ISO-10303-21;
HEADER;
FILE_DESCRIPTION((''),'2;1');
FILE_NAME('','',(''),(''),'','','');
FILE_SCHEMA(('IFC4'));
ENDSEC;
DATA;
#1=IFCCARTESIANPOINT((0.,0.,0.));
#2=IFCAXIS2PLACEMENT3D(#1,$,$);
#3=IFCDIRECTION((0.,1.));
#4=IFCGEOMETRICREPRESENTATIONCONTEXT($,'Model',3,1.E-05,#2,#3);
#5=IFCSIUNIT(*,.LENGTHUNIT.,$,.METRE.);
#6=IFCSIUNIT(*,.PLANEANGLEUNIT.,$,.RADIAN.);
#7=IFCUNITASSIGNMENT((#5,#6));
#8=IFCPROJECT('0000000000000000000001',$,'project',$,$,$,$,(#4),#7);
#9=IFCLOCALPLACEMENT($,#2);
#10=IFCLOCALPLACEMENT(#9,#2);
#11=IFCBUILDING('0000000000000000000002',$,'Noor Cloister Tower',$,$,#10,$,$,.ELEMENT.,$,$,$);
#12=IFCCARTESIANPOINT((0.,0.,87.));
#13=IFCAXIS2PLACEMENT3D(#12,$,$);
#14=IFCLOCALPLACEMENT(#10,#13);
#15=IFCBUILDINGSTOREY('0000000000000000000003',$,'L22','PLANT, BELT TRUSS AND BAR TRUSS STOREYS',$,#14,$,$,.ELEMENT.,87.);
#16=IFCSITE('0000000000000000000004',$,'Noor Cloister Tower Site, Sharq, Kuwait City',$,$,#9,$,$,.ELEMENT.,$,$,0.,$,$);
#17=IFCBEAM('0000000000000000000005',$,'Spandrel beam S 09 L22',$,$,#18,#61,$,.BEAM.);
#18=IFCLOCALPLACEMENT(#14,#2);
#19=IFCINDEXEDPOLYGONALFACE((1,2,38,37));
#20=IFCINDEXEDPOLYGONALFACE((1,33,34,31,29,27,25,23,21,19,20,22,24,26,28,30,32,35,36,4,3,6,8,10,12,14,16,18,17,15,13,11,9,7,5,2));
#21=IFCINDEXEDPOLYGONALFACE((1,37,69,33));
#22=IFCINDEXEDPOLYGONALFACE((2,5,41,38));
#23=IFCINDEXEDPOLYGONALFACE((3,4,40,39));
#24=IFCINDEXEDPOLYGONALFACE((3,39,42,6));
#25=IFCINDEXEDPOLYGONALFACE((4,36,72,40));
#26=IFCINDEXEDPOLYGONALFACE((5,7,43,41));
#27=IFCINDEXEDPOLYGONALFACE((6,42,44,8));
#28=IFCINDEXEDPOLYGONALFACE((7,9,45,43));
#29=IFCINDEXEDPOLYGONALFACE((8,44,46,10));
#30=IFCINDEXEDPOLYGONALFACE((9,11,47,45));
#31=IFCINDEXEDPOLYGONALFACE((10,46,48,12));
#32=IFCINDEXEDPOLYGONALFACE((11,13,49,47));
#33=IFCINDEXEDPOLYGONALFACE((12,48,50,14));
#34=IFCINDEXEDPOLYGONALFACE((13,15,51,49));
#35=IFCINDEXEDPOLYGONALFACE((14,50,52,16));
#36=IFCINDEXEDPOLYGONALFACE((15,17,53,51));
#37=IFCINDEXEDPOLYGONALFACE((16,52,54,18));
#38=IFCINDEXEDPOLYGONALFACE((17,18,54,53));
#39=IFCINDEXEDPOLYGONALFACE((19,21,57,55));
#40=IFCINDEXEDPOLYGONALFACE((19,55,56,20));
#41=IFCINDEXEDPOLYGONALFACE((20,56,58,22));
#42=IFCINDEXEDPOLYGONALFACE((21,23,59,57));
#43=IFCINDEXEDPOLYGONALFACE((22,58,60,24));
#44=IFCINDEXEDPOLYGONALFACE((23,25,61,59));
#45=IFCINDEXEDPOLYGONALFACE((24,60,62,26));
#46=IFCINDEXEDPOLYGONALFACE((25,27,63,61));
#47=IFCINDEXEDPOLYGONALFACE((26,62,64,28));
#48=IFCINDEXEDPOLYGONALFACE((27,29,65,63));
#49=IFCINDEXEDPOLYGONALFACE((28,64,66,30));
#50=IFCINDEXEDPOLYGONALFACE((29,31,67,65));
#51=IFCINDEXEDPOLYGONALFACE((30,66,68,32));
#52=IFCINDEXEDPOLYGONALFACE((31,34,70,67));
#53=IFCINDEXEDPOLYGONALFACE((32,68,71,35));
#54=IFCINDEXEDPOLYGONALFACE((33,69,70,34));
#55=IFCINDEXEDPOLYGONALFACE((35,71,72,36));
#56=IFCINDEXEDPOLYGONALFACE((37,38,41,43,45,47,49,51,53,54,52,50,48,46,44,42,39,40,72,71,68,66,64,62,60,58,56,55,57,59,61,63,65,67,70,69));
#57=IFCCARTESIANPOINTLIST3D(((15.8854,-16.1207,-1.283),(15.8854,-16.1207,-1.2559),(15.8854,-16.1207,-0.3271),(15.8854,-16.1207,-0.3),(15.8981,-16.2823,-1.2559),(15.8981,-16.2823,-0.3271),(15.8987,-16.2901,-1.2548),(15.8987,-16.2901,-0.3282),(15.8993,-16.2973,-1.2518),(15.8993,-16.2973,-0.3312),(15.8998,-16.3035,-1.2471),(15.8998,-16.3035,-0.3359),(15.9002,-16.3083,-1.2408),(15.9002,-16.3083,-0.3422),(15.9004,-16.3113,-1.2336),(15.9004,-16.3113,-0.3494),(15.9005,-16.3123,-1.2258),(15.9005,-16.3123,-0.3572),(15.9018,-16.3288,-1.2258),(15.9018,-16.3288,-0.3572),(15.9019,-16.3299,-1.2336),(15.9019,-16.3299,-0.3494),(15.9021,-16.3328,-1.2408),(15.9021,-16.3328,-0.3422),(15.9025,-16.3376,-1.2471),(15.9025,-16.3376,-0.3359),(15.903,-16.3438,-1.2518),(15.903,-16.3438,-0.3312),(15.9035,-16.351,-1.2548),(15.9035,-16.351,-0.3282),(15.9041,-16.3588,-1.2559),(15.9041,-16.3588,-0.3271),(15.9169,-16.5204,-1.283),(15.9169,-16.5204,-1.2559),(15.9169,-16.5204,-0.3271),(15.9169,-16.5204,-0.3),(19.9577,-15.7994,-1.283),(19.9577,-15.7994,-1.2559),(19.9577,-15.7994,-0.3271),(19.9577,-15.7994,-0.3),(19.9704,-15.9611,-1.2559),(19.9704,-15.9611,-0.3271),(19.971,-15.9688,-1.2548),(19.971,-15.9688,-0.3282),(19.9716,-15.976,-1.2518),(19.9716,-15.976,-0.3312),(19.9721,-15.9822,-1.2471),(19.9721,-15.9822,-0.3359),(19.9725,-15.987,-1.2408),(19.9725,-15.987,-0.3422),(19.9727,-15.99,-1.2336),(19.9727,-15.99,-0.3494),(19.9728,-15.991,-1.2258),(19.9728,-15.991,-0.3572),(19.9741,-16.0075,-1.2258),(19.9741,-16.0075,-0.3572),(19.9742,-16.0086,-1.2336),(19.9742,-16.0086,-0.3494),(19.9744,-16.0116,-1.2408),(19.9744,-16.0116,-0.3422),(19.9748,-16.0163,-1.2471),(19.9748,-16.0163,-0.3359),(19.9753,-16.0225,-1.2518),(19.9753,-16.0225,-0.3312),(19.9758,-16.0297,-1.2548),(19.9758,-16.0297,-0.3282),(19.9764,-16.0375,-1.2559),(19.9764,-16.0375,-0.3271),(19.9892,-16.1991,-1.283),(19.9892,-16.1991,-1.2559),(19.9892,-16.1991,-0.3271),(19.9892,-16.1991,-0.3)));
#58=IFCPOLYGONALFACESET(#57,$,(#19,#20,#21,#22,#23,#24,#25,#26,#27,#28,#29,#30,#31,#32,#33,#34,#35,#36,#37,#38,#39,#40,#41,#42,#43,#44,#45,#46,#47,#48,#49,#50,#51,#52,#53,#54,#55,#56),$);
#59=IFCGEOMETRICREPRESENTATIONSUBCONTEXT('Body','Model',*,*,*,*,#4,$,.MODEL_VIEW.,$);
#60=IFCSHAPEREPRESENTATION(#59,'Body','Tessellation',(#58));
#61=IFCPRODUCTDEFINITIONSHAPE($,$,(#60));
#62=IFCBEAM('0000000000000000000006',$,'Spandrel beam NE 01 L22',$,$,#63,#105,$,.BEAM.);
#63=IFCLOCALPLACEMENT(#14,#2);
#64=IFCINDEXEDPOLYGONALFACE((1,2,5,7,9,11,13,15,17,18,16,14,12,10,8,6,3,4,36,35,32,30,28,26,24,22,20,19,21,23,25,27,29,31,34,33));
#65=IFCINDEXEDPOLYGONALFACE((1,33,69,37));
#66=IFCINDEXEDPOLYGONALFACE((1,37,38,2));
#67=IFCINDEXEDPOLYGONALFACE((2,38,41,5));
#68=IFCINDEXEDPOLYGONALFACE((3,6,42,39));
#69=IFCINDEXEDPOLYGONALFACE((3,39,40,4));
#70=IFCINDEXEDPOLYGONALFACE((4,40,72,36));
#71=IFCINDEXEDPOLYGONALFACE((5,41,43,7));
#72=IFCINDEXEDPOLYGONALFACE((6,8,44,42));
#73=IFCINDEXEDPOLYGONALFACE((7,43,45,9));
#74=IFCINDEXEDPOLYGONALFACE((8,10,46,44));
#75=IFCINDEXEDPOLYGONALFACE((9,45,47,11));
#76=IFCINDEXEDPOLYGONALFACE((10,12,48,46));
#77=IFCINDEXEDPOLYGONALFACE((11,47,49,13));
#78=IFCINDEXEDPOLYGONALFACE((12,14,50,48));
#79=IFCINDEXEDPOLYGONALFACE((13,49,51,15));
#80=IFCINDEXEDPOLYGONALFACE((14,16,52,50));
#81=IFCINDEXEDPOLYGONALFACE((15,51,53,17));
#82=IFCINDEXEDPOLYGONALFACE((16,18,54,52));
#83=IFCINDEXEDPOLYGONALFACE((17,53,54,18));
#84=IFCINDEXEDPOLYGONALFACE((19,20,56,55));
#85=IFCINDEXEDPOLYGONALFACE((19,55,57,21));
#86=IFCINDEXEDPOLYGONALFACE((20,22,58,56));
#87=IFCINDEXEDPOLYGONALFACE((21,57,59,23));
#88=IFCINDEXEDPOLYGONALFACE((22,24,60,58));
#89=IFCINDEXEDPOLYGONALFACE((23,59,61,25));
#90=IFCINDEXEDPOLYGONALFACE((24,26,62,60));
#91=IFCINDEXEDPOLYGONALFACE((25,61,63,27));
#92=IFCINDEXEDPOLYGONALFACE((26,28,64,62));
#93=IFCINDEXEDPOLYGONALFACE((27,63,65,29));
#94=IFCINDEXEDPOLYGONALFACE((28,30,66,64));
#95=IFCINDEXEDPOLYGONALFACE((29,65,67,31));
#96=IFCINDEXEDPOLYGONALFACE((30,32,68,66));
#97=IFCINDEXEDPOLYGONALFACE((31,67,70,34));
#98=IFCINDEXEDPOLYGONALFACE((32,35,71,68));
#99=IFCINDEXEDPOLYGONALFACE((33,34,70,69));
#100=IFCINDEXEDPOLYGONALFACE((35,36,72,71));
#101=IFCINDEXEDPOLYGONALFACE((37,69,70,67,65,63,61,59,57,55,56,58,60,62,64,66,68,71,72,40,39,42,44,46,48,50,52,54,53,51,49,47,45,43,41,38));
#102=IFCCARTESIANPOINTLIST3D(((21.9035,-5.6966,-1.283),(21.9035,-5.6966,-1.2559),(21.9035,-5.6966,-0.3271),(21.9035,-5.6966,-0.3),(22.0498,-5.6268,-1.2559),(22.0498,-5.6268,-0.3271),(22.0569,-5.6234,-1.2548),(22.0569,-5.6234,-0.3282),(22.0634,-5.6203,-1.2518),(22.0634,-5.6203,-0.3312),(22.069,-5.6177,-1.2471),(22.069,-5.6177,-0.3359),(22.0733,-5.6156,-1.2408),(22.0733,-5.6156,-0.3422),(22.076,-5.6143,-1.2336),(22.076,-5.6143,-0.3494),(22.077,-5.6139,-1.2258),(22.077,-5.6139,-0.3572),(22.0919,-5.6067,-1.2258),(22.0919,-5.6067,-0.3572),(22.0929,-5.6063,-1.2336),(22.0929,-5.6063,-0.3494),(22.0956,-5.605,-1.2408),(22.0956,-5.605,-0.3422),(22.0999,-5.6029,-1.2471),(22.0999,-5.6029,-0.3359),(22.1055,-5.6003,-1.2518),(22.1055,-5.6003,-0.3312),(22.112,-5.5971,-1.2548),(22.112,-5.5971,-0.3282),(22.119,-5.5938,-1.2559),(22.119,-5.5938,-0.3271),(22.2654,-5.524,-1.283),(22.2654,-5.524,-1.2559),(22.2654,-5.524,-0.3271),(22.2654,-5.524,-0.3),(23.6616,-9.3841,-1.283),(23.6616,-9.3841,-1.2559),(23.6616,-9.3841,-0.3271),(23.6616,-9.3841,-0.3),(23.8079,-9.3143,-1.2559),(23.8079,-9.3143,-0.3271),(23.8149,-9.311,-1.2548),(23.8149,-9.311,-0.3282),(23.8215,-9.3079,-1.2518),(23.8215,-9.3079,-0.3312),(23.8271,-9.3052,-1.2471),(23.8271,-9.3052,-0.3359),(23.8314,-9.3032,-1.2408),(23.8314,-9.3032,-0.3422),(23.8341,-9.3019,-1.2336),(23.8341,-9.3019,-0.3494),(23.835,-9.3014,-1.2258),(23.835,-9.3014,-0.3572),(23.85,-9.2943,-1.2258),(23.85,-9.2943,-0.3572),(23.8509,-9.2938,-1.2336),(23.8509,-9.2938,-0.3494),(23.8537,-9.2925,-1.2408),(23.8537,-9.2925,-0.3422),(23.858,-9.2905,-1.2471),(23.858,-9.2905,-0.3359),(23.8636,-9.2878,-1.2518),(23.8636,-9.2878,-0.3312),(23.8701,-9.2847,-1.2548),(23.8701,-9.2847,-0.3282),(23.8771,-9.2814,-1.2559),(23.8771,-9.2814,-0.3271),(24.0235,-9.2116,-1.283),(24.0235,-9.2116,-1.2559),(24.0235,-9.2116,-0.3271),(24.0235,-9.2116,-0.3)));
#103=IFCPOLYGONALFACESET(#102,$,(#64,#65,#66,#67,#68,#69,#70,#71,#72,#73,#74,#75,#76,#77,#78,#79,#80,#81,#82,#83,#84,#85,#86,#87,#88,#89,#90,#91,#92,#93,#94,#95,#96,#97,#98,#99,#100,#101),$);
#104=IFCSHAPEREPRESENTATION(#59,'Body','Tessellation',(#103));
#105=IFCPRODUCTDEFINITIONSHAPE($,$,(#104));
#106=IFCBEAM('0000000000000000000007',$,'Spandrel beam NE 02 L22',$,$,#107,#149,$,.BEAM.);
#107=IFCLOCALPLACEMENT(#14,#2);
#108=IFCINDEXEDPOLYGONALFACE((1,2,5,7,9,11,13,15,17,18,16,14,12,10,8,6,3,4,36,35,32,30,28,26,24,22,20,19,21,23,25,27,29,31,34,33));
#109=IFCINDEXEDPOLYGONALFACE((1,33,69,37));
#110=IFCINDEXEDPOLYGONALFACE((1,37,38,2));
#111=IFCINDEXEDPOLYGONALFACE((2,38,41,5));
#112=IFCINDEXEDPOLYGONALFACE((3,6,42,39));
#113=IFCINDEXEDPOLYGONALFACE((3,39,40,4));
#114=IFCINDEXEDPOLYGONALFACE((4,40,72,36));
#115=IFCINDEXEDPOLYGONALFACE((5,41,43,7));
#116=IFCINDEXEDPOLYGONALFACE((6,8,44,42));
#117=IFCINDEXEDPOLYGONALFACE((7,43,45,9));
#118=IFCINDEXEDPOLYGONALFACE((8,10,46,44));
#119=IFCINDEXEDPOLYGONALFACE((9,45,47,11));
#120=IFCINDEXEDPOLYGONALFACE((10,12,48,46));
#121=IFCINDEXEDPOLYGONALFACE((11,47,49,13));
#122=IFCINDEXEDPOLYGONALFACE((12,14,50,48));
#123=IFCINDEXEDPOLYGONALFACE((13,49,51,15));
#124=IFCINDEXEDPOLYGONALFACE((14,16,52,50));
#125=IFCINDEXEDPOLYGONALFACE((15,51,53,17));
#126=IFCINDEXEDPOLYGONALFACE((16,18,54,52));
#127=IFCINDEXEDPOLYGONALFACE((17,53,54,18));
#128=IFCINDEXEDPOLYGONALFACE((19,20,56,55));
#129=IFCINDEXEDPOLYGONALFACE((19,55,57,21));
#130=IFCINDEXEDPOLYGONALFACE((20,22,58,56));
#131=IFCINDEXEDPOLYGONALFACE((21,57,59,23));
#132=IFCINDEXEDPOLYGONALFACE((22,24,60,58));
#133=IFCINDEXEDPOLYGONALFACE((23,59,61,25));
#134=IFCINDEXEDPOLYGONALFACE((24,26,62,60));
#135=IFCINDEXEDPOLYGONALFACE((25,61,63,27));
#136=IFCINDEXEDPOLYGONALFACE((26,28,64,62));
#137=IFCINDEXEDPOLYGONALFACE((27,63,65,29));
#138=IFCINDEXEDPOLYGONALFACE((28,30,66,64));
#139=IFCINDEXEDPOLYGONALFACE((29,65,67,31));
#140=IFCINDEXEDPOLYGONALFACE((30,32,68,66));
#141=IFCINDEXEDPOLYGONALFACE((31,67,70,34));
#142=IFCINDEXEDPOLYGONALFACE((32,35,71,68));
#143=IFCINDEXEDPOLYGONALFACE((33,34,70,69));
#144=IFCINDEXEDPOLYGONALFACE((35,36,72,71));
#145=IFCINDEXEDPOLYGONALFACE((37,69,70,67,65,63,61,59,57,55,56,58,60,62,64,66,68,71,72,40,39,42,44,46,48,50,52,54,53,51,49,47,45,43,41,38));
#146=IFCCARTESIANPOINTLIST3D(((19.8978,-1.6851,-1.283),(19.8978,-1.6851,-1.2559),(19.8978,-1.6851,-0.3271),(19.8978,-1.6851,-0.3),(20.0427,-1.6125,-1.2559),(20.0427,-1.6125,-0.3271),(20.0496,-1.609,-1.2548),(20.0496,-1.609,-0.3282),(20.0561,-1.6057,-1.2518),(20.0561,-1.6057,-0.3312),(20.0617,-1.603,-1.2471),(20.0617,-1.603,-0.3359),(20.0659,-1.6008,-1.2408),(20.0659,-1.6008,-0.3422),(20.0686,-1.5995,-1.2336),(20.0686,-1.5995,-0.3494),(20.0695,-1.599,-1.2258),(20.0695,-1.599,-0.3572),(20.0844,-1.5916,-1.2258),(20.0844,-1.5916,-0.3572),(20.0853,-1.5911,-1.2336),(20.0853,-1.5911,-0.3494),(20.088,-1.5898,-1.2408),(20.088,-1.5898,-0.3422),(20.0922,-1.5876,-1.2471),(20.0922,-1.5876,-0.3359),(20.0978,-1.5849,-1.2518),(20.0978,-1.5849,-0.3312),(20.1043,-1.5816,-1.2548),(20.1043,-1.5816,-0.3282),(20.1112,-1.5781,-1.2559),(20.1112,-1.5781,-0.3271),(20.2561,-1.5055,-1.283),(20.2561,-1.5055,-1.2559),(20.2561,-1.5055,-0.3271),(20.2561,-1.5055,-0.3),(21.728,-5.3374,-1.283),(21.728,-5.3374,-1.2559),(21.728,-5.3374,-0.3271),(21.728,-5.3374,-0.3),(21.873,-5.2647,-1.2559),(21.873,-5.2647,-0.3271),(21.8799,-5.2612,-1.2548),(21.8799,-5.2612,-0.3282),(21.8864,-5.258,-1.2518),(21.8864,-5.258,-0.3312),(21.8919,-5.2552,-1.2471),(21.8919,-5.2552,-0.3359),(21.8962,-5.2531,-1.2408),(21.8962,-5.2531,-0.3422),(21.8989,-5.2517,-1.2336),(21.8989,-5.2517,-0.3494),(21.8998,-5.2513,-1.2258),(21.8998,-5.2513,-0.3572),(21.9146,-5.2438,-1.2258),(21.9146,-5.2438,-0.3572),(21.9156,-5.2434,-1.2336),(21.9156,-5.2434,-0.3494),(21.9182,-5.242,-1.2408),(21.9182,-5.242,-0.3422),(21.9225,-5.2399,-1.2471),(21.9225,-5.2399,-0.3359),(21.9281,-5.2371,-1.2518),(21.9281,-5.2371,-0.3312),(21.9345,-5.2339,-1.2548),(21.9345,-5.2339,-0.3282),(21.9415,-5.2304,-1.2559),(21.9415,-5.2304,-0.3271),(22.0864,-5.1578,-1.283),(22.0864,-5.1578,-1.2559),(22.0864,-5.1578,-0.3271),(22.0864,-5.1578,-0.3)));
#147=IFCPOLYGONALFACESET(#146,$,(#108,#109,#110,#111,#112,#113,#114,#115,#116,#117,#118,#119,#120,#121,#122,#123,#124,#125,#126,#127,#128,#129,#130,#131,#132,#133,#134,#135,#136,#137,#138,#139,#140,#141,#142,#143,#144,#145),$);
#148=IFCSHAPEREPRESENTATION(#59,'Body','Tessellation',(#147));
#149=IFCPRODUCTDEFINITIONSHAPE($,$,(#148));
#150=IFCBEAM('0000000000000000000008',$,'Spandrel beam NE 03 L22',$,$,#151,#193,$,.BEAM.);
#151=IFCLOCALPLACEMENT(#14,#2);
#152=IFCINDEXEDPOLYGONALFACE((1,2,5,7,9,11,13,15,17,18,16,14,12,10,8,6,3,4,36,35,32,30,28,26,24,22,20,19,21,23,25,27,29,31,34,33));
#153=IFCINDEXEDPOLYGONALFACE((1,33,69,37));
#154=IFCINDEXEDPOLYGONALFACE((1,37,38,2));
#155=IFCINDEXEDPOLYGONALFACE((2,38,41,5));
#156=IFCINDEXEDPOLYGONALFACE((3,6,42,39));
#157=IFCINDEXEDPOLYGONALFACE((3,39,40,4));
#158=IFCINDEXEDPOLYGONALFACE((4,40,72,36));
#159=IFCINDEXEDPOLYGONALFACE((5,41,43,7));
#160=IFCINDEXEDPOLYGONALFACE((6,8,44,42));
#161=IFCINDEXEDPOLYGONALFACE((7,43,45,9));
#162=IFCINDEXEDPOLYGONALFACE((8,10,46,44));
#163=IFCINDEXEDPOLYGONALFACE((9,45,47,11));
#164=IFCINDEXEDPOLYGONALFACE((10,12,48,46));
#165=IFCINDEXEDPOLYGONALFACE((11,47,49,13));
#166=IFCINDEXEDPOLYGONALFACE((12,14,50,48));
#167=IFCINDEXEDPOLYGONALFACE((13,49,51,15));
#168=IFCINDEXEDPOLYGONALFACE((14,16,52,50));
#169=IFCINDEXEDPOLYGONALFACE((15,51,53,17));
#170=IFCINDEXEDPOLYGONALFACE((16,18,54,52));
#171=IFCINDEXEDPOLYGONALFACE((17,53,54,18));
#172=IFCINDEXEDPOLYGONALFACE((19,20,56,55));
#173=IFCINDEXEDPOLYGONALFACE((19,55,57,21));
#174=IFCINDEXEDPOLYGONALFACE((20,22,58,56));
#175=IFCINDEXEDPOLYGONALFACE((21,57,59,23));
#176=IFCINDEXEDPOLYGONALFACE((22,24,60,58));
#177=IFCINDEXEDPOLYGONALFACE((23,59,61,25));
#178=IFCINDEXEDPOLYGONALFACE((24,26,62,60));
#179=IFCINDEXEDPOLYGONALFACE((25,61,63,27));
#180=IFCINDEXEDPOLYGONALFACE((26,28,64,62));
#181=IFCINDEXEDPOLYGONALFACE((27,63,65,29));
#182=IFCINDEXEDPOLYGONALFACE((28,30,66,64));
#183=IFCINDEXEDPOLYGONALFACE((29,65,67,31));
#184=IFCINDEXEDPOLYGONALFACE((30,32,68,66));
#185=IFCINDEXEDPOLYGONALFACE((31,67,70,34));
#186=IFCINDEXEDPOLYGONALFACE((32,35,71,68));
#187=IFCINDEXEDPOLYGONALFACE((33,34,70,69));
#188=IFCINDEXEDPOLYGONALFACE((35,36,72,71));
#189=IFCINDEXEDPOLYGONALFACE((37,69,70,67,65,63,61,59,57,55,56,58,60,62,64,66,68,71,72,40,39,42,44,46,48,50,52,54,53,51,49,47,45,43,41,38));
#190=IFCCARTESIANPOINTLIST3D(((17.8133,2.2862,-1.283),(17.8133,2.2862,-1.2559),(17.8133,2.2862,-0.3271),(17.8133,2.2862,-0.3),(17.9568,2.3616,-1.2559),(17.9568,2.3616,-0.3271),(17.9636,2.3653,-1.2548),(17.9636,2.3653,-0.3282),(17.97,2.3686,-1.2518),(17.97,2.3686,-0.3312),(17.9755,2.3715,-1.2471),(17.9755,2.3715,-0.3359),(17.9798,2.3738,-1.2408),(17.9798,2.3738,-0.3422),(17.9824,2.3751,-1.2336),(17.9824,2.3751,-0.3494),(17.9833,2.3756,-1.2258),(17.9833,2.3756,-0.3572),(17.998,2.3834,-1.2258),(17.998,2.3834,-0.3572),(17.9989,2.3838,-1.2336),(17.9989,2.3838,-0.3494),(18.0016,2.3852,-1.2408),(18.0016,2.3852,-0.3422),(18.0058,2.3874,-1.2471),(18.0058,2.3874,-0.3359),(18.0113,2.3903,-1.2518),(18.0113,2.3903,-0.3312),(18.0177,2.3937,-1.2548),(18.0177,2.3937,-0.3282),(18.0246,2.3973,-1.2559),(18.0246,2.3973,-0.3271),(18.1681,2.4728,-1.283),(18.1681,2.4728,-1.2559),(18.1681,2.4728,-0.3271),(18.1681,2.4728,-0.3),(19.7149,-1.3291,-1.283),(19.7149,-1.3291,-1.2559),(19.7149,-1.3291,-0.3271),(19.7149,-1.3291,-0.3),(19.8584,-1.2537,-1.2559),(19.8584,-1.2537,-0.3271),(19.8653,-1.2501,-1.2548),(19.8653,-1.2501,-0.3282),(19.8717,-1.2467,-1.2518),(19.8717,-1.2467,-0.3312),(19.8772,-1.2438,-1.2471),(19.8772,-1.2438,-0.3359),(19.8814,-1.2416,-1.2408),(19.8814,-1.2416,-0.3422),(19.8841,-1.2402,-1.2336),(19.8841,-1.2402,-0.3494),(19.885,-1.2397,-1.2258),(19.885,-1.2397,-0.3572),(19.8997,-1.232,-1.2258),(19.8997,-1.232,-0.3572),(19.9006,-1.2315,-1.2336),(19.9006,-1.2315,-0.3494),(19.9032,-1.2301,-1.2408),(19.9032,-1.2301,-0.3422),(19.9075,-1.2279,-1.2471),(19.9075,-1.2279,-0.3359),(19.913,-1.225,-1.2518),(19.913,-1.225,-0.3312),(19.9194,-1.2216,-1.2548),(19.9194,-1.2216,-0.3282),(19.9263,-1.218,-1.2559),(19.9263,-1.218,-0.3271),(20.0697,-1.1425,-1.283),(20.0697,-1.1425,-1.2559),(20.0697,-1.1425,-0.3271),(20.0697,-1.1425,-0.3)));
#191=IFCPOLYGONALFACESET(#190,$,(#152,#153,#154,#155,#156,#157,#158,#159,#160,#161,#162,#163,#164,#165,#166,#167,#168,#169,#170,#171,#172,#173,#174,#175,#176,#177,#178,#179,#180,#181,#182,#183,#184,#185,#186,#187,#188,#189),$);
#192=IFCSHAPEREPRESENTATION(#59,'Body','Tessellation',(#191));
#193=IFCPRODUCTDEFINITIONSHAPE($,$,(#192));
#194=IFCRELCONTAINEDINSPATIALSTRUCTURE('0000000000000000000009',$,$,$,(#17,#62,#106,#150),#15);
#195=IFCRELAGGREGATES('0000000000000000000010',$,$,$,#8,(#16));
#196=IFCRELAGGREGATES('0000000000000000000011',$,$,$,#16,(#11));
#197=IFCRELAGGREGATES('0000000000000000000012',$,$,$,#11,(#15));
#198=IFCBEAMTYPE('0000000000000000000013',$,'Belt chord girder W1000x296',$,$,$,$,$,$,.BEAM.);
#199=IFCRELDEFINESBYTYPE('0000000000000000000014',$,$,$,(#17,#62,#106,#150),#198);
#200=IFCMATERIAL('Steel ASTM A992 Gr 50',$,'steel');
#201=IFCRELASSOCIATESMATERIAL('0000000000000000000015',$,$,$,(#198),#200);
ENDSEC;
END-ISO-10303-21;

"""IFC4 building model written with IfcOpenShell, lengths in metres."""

from ifc_helpers import new_model, si_unit, direction, frame, origin, origin_2d, place, context, subcontext, project, spatial, i_section, extrude, material, material_profile, profile_set, type_object, element, save


model = new_model("IFC4")

# Units and contexts
model_context = context("Model", 3, precision=1e-05, world=origin(), true_north=direction((0.0, 1.0)))
body_context = subcontext(model_context, "Body", "Model", "MODEL_VIEW")
ifc_project = project(units=[si_unit("LENGTHUNIT", "METRE"), si_unit("PLANEANGLEUNIT", "RADIAN")], contexts=[model_context])

# Site, building, storey
site_placement = place(None, origin())
site = spatial("IfcSite", under=ifc_project, at=site_placement, Name="Noor Cloister Tower Site, Sharq, Kuwait City", CompositionType="ELEMENT", RefElevation=0.0)
building_placement = place(site_placement, origin())
building = spatial("IfcBuilding", under=site, at=building_placement, Name="Noor Cloister Tower", CompositionType="ELEMENT")
storey_placement = place(building_placement, frame((0.0, 0.0, 87.0)))
storey = spatial("IfcBuildingStorey", under=building, at=storey_placement, Name="L22", Description="PLANT, BELT TRUSS AND BAR TRUSS STOREYS", CompositionType="ELEMENT", Elevation=87.0)

# Beams
ifc_material_1 = material(Name="Steel ASTM A992 Gr 50", Category="steel")
ifc_material_profile_1 = material_profile(ifc_material_1, i_section(OverallWidth=0.4009, OverallDepth=0.9829, WebThickness=0.0166, FlangeThickness=0.0271, FilletRadius=0.03, at=origin_2d()), Name="W1000x296")
ifc_profile_set_1 = profile_set([ifc_material_profile_1], Name="Steel ASTM A992 Gr 50")
beam_type_1 = type_object("IfcBeamType", Name="Belt chord girder W1000x296", PredefinedType="BEAM", material=ifc_profile_set_1)
for number, where, z_axis, x_axis, name in (
    (1, (15.9011, -16.3206, -0.7915), (0.996902, 0.078652, 0.0), (-0.078652, 0.996902, 0.0), "Spandrel beam S 09 L22"),
):
    element("IfcBeam", number, at=place(storey_placement, frame(where, z_axis=z_axis, x_axis=x_axis)), inside=storey, type_object=beam_type_1, Name=name, PredefinedType="BEAM", context=body_context, shape_type="SweptSolid", body=[
        extrude(i_section(OverallWidth=0.4009, OverallDepth=0.9829, WebThickness=0.0166, FlangeThickness=0.0271, FilletRadius=0.03, at=origin_2d()), origin(), (0.0, 0.0, 1.0), 4.085),
    ])
for number, where, z_axis, x_axis, name in (
    (2, (23.8425, -9.2979, -0.7915), (-0.430353, 0.90266, 0.0), (-0.90266, -0.430353, 0.0), "Spandrel beam NE 01 L22"),
    (3, (21.9072, -5.2476, -0.7915), (-0.448026, 0.89402, 0.0), (-0.89402, -0.448026, 0.0), "Spandrel beam NE 02 L22"),
):
    element("IfcBeam", number, at=place(storey_placement, frame(where, z_axis=z_axis, x_axis=x_axis)), inside=storey, type_object=beam_type_1, Name=name, PredefinedType="BEAM", context=body_context, shape_type="SweptSolid", body=[
        extrude(i_section(OverallWidth=0.4009, OverallDepth=0.9829, WebThickness=0.0166, FlangeThickness=0.0271, FilletRadius=0.03, at=origin_2d()), origin(), (0.0, 0.0, 1.0), 4.0852),
    ])
beam_1_placement = place(storey_placement, frame((19.8923, -1.2358, -0.7915), z_axis=(-0.465527, 0.885034, 0.0), x_axis=(-0.885034, -0.465527, 0.0)))
element("IfcBeam", 4, at=beam_1_placement, inside=storey, type_object=beam_type_1, Name="Spandrel beam NE 03 L22", PredefinedType="BEAM", context=body_context, shape_type="SweptSolid", body=[
    extrude(i_section(OverallWidth=0.4009, OverallDepth=0.9829, WebThickness=0.0166, FlangeThickness=0.0271, FilletRadius=0.03, at=origin_2d()), origin(), (0.0, 0.0, 1.0), 4.085),
])

save(model, "model.ifc")
